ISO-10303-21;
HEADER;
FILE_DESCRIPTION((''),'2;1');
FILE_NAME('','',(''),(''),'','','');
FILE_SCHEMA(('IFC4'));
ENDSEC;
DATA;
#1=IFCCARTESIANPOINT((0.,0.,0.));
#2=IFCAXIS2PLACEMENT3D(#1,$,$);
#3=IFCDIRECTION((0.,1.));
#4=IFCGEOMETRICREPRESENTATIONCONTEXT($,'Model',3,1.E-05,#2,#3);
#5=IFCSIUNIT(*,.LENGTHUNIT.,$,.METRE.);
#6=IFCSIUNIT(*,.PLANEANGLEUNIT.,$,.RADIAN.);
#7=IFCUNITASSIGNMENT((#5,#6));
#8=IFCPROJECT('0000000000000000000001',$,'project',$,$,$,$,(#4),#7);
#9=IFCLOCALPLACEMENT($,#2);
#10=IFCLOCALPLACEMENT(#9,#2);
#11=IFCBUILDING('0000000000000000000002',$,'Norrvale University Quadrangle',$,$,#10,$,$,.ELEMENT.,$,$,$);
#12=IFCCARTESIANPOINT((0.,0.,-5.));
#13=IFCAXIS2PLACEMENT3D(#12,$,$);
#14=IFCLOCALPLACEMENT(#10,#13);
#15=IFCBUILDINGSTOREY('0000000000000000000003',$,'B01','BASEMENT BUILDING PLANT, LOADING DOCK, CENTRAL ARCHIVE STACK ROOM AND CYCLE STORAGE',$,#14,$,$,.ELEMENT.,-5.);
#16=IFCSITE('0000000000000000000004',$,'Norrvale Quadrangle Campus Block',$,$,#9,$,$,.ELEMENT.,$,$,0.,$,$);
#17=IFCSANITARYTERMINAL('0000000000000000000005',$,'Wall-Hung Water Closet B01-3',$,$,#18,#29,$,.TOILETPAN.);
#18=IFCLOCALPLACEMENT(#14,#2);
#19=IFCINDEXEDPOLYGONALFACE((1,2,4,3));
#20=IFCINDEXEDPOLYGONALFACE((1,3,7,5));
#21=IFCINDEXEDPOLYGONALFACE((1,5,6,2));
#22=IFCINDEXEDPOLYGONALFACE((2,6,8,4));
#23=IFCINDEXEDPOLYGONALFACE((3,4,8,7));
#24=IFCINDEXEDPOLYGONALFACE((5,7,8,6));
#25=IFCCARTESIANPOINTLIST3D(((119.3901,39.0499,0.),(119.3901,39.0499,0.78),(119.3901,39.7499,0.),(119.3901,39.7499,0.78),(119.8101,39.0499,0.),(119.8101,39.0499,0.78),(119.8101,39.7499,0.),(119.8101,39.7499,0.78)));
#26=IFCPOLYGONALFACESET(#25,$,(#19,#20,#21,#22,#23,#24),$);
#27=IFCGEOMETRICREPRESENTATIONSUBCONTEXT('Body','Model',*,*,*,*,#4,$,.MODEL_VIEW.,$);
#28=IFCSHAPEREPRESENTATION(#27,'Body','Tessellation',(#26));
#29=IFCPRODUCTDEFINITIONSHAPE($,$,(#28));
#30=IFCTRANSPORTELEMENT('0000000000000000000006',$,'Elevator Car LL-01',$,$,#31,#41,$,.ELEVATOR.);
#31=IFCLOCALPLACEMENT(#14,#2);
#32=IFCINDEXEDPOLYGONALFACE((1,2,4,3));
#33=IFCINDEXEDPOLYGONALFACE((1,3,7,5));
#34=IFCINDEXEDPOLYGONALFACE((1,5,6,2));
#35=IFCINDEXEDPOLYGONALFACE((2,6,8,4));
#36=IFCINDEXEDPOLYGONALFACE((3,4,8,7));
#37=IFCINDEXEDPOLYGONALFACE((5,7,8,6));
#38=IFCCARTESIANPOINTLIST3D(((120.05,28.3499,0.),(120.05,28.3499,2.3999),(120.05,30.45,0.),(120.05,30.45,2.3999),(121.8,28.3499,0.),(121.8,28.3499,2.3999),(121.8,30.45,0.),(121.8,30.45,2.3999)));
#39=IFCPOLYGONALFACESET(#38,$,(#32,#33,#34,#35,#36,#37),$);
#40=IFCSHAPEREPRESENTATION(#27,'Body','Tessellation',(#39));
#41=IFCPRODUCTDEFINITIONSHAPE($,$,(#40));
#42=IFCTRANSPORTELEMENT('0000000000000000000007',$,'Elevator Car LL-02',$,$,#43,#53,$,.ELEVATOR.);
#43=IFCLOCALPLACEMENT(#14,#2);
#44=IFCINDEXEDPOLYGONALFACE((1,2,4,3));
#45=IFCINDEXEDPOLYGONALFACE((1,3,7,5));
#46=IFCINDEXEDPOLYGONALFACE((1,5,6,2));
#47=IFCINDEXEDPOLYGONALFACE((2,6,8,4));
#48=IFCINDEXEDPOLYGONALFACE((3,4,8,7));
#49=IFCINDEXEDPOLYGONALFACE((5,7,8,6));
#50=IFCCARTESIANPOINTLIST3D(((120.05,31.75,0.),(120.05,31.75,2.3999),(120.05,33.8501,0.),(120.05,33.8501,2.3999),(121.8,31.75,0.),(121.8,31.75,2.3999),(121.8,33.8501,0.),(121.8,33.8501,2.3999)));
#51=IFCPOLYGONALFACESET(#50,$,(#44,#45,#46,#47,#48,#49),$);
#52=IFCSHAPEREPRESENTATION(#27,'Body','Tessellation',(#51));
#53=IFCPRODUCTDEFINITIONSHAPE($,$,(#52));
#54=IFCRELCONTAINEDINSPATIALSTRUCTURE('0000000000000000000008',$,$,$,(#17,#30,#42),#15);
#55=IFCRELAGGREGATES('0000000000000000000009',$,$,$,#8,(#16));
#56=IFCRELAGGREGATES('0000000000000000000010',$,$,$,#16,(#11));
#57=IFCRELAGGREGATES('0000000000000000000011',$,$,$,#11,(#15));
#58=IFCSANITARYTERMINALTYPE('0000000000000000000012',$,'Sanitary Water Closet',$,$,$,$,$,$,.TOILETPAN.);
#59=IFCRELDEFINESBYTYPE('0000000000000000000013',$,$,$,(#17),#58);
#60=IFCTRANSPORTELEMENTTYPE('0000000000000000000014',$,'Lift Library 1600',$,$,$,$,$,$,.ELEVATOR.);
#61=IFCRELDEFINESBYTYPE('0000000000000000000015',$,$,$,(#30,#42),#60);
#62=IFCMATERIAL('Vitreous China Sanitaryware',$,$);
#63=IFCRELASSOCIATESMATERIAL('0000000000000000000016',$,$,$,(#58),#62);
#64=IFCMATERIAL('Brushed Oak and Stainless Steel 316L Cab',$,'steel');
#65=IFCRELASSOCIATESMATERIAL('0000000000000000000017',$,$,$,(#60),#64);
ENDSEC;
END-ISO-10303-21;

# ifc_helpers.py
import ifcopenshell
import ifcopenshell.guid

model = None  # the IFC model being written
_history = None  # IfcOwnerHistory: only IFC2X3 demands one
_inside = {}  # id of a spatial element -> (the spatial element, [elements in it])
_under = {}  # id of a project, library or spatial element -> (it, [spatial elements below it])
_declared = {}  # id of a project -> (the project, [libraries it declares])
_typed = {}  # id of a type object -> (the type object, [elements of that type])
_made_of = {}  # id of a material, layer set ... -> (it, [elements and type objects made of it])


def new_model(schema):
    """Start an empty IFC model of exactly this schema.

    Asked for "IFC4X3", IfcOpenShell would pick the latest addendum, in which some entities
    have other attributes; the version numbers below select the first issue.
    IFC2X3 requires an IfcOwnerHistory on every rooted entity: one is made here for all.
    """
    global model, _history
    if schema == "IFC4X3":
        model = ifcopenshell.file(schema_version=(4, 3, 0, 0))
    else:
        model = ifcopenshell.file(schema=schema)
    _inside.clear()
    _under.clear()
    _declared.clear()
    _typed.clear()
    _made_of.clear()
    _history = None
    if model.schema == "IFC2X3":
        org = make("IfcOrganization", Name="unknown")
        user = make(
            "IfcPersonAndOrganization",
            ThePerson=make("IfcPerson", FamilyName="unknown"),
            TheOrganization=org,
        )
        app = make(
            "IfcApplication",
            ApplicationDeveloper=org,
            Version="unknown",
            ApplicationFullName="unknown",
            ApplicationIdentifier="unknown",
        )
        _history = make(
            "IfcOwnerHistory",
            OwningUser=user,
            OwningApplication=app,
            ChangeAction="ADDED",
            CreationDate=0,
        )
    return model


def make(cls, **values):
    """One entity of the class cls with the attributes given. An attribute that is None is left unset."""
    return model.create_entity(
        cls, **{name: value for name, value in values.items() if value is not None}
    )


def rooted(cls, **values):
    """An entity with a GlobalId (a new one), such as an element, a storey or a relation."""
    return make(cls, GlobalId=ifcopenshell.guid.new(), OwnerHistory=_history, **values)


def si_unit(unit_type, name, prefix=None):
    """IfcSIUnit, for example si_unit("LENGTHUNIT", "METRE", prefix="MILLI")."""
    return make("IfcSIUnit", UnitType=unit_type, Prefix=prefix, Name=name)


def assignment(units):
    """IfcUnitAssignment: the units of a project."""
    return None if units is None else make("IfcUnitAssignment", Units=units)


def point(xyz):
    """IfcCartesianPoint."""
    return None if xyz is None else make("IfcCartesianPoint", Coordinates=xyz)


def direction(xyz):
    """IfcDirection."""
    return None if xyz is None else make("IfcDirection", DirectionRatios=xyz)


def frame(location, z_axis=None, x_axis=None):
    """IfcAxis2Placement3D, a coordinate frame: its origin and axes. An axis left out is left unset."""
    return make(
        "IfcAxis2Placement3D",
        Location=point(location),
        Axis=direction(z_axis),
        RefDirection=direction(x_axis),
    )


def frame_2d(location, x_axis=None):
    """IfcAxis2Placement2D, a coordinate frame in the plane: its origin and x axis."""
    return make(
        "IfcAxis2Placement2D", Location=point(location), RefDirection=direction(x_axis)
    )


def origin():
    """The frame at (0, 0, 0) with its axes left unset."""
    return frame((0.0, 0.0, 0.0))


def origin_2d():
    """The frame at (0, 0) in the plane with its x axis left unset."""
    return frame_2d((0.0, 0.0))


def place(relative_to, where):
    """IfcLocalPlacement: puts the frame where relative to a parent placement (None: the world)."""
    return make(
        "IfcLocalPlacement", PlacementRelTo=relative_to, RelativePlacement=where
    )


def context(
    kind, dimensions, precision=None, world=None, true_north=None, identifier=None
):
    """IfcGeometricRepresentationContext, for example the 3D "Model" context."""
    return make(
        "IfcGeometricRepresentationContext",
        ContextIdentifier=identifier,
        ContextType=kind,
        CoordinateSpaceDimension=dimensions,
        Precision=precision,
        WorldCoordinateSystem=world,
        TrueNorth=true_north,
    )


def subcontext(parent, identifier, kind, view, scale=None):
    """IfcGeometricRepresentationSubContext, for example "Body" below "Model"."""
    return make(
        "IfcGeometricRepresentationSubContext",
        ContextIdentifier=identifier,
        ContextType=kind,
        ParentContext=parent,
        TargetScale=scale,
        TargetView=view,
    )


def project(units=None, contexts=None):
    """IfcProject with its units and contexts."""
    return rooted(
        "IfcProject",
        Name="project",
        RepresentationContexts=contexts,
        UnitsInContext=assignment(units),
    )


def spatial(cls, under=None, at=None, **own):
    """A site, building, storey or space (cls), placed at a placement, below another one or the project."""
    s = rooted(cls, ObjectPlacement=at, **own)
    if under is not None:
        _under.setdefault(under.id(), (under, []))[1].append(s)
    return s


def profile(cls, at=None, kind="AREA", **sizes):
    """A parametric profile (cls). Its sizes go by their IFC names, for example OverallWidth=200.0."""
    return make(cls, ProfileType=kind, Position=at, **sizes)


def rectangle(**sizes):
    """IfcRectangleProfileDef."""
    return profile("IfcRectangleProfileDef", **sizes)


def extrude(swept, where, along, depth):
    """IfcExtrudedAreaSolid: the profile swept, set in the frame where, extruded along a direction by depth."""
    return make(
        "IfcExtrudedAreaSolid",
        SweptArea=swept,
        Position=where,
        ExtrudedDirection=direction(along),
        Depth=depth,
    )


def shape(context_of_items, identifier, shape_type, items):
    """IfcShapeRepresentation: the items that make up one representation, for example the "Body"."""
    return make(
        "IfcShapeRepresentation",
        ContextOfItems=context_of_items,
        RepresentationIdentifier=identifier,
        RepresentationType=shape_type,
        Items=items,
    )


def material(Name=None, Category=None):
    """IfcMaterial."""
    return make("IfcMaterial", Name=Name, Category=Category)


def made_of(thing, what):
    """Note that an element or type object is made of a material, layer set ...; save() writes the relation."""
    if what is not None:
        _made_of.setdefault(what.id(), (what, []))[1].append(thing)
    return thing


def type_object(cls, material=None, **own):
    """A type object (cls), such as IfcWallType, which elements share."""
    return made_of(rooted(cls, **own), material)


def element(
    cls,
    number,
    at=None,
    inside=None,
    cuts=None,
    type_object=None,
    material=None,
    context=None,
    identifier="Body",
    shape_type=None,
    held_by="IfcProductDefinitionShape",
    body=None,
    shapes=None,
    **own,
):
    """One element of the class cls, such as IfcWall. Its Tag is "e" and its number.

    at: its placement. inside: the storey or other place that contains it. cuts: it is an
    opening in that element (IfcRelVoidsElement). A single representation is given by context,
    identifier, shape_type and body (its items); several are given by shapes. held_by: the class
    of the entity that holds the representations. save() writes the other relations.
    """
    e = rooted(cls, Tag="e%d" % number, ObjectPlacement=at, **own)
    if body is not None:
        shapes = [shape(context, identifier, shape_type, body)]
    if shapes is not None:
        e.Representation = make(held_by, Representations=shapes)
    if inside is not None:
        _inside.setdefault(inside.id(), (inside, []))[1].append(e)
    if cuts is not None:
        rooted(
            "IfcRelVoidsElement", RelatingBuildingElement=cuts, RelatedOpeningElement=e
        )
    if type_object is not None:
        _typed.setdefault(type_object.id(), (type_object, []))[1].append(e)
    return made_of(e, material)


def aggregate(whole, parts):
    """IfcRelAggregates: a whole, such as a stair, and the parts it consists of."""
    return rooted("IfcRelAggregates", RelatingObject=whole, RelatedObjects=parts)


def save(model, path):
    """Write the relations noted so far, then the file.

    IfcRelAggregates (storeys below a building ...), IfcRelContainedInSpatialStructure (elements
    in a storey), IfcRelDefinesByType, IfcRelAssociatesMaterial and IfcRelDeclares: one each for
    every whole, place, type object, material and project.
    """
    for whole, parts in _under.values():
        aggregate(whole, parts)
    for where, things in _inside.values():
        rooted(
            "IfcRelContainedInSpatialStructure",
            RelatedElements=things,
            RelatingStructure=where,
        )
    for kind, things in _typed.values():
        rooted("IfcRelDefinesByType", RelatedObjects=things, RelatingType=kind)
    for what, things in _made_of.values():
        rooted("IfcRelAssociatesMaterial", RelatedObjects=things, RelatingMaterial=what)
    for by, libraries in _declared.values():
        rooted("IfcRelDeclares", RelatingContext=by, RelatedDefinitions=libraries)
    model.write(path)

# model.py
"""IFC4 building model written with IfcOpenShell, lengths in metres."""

from ifc_helpers import new_model, si_unit, direction, frame, origin, origin_2d, place, context, subcontext, project, spatial, rectangle, extrude, material, type_object, element, save


model = new_model("IFC4")

# Units and contexts
model_context = context("Model", 3, precision=1e-05, world=origin(), true_north=direction((0.0, 1.0)))
body_context = subcontext(model_context, "Body", "Model", "MODEL_VIEW")
ifc_project = project(units=[si_unit("LENGTHUNIT", "METRE"), si_unit("PLANEANGLEUNIT", "RADIAN")], contexts=[model_context])

# Site, building, storey
site_placement = place(None, origin())
site = spatial("IfcSite", under=ifc_project, at=site_placement, Name="Norrvale Quadrangle Campus Block", CompositionType="ELEMENT", RefElevation=0.0)
building_placement = place(site_placement, origin())
building = spatial("IfcBuilding", under=site, at=building_placement, Name="Norrvale University Quadrangle", CompositionType="ELEMENT")
storey_placement = place(building_placement, frame((0.0, 0.0, -5.0)))
storey = spatial("IfcBuildingStorey", under=building, at=storey_placement, Name="B01", Description="BASEMENT BUILDING PLANT, LOADING DOCK, CENTRAL ARCHIVE STACK ROOM AND CYCLE STORAGE", CompositionType="ELEMENT", Elevation=-5.0)

# Sanitary terminal
ifc_material_1 = material(Name="Vitreous China Sanitaryware")
sanitary_terminal_type_1 = type_object("IfcSanitaryTerminalType", Name="Sanitary Water Closet", PredefinedType="TOILETPAN", material=ifc_material_1)
sanitary_terminal_1_placement = place(storey_placement, frame((119.6001, 39.3999, 0.0), z_axis=(0.0, 0.0, 1.0), x_axis=(1.0, 0.0, 0.0)))
element("IfcSanitaryTerminal", 1, at=sanitary_terminal_1_placement, inside=storey, type_object=sanitary_terminal_type_1, Name="Wall-Hung Water Closet B01-3", PredefinedType="TOILETPAN", context=body_context, shape_type="SweptSolid", body=[
    extrude(rectangle(XDim=0.4199, YDim=0.7, at=origin_2d()), origin(), (0.0, 0.0, 1.0), 0.78),
])

# Transport elements
ifc_material_2 = material(Name="Brushed Oak and Stainless Steel 316L Cab", Category="steel")
transport_element_type = type_object("IfcTransportElementType", Name="Lift Library 1600", PredefinedType="ELEVATOR", material=ifc_material_2)
for number, where, z_axis, x_axis, name in (
    (2, (120.925, 29.3999, 0.0), (0.0, 0.0, 1.0), (1.0, 0.0, 0.0), "Elevator Car LL-01"),
    (3, (120.925, 32.8, 0.0), (0.0, 0.0, 1.0), (1.0, 0.0, 0.0), "Elevator Car LL-02"),
):
    element("IfcTransportElement", number, at=place(storey_placement, frame(where, z_axis=z_axis, x_axis=x_axis)), inside=storey, type_object=transport_element_type, Name=name, PredefinedType="ELEVATOR", context=body_context, shape_type="SweptSolid", body=[
        extrude(rectangle(XDim=1.75, YDim=2.1001, at=origin_2d()), origin(), (0.0, 0.0, 1.0), 2.3999),
    ])

save(model, "model.ifc")
